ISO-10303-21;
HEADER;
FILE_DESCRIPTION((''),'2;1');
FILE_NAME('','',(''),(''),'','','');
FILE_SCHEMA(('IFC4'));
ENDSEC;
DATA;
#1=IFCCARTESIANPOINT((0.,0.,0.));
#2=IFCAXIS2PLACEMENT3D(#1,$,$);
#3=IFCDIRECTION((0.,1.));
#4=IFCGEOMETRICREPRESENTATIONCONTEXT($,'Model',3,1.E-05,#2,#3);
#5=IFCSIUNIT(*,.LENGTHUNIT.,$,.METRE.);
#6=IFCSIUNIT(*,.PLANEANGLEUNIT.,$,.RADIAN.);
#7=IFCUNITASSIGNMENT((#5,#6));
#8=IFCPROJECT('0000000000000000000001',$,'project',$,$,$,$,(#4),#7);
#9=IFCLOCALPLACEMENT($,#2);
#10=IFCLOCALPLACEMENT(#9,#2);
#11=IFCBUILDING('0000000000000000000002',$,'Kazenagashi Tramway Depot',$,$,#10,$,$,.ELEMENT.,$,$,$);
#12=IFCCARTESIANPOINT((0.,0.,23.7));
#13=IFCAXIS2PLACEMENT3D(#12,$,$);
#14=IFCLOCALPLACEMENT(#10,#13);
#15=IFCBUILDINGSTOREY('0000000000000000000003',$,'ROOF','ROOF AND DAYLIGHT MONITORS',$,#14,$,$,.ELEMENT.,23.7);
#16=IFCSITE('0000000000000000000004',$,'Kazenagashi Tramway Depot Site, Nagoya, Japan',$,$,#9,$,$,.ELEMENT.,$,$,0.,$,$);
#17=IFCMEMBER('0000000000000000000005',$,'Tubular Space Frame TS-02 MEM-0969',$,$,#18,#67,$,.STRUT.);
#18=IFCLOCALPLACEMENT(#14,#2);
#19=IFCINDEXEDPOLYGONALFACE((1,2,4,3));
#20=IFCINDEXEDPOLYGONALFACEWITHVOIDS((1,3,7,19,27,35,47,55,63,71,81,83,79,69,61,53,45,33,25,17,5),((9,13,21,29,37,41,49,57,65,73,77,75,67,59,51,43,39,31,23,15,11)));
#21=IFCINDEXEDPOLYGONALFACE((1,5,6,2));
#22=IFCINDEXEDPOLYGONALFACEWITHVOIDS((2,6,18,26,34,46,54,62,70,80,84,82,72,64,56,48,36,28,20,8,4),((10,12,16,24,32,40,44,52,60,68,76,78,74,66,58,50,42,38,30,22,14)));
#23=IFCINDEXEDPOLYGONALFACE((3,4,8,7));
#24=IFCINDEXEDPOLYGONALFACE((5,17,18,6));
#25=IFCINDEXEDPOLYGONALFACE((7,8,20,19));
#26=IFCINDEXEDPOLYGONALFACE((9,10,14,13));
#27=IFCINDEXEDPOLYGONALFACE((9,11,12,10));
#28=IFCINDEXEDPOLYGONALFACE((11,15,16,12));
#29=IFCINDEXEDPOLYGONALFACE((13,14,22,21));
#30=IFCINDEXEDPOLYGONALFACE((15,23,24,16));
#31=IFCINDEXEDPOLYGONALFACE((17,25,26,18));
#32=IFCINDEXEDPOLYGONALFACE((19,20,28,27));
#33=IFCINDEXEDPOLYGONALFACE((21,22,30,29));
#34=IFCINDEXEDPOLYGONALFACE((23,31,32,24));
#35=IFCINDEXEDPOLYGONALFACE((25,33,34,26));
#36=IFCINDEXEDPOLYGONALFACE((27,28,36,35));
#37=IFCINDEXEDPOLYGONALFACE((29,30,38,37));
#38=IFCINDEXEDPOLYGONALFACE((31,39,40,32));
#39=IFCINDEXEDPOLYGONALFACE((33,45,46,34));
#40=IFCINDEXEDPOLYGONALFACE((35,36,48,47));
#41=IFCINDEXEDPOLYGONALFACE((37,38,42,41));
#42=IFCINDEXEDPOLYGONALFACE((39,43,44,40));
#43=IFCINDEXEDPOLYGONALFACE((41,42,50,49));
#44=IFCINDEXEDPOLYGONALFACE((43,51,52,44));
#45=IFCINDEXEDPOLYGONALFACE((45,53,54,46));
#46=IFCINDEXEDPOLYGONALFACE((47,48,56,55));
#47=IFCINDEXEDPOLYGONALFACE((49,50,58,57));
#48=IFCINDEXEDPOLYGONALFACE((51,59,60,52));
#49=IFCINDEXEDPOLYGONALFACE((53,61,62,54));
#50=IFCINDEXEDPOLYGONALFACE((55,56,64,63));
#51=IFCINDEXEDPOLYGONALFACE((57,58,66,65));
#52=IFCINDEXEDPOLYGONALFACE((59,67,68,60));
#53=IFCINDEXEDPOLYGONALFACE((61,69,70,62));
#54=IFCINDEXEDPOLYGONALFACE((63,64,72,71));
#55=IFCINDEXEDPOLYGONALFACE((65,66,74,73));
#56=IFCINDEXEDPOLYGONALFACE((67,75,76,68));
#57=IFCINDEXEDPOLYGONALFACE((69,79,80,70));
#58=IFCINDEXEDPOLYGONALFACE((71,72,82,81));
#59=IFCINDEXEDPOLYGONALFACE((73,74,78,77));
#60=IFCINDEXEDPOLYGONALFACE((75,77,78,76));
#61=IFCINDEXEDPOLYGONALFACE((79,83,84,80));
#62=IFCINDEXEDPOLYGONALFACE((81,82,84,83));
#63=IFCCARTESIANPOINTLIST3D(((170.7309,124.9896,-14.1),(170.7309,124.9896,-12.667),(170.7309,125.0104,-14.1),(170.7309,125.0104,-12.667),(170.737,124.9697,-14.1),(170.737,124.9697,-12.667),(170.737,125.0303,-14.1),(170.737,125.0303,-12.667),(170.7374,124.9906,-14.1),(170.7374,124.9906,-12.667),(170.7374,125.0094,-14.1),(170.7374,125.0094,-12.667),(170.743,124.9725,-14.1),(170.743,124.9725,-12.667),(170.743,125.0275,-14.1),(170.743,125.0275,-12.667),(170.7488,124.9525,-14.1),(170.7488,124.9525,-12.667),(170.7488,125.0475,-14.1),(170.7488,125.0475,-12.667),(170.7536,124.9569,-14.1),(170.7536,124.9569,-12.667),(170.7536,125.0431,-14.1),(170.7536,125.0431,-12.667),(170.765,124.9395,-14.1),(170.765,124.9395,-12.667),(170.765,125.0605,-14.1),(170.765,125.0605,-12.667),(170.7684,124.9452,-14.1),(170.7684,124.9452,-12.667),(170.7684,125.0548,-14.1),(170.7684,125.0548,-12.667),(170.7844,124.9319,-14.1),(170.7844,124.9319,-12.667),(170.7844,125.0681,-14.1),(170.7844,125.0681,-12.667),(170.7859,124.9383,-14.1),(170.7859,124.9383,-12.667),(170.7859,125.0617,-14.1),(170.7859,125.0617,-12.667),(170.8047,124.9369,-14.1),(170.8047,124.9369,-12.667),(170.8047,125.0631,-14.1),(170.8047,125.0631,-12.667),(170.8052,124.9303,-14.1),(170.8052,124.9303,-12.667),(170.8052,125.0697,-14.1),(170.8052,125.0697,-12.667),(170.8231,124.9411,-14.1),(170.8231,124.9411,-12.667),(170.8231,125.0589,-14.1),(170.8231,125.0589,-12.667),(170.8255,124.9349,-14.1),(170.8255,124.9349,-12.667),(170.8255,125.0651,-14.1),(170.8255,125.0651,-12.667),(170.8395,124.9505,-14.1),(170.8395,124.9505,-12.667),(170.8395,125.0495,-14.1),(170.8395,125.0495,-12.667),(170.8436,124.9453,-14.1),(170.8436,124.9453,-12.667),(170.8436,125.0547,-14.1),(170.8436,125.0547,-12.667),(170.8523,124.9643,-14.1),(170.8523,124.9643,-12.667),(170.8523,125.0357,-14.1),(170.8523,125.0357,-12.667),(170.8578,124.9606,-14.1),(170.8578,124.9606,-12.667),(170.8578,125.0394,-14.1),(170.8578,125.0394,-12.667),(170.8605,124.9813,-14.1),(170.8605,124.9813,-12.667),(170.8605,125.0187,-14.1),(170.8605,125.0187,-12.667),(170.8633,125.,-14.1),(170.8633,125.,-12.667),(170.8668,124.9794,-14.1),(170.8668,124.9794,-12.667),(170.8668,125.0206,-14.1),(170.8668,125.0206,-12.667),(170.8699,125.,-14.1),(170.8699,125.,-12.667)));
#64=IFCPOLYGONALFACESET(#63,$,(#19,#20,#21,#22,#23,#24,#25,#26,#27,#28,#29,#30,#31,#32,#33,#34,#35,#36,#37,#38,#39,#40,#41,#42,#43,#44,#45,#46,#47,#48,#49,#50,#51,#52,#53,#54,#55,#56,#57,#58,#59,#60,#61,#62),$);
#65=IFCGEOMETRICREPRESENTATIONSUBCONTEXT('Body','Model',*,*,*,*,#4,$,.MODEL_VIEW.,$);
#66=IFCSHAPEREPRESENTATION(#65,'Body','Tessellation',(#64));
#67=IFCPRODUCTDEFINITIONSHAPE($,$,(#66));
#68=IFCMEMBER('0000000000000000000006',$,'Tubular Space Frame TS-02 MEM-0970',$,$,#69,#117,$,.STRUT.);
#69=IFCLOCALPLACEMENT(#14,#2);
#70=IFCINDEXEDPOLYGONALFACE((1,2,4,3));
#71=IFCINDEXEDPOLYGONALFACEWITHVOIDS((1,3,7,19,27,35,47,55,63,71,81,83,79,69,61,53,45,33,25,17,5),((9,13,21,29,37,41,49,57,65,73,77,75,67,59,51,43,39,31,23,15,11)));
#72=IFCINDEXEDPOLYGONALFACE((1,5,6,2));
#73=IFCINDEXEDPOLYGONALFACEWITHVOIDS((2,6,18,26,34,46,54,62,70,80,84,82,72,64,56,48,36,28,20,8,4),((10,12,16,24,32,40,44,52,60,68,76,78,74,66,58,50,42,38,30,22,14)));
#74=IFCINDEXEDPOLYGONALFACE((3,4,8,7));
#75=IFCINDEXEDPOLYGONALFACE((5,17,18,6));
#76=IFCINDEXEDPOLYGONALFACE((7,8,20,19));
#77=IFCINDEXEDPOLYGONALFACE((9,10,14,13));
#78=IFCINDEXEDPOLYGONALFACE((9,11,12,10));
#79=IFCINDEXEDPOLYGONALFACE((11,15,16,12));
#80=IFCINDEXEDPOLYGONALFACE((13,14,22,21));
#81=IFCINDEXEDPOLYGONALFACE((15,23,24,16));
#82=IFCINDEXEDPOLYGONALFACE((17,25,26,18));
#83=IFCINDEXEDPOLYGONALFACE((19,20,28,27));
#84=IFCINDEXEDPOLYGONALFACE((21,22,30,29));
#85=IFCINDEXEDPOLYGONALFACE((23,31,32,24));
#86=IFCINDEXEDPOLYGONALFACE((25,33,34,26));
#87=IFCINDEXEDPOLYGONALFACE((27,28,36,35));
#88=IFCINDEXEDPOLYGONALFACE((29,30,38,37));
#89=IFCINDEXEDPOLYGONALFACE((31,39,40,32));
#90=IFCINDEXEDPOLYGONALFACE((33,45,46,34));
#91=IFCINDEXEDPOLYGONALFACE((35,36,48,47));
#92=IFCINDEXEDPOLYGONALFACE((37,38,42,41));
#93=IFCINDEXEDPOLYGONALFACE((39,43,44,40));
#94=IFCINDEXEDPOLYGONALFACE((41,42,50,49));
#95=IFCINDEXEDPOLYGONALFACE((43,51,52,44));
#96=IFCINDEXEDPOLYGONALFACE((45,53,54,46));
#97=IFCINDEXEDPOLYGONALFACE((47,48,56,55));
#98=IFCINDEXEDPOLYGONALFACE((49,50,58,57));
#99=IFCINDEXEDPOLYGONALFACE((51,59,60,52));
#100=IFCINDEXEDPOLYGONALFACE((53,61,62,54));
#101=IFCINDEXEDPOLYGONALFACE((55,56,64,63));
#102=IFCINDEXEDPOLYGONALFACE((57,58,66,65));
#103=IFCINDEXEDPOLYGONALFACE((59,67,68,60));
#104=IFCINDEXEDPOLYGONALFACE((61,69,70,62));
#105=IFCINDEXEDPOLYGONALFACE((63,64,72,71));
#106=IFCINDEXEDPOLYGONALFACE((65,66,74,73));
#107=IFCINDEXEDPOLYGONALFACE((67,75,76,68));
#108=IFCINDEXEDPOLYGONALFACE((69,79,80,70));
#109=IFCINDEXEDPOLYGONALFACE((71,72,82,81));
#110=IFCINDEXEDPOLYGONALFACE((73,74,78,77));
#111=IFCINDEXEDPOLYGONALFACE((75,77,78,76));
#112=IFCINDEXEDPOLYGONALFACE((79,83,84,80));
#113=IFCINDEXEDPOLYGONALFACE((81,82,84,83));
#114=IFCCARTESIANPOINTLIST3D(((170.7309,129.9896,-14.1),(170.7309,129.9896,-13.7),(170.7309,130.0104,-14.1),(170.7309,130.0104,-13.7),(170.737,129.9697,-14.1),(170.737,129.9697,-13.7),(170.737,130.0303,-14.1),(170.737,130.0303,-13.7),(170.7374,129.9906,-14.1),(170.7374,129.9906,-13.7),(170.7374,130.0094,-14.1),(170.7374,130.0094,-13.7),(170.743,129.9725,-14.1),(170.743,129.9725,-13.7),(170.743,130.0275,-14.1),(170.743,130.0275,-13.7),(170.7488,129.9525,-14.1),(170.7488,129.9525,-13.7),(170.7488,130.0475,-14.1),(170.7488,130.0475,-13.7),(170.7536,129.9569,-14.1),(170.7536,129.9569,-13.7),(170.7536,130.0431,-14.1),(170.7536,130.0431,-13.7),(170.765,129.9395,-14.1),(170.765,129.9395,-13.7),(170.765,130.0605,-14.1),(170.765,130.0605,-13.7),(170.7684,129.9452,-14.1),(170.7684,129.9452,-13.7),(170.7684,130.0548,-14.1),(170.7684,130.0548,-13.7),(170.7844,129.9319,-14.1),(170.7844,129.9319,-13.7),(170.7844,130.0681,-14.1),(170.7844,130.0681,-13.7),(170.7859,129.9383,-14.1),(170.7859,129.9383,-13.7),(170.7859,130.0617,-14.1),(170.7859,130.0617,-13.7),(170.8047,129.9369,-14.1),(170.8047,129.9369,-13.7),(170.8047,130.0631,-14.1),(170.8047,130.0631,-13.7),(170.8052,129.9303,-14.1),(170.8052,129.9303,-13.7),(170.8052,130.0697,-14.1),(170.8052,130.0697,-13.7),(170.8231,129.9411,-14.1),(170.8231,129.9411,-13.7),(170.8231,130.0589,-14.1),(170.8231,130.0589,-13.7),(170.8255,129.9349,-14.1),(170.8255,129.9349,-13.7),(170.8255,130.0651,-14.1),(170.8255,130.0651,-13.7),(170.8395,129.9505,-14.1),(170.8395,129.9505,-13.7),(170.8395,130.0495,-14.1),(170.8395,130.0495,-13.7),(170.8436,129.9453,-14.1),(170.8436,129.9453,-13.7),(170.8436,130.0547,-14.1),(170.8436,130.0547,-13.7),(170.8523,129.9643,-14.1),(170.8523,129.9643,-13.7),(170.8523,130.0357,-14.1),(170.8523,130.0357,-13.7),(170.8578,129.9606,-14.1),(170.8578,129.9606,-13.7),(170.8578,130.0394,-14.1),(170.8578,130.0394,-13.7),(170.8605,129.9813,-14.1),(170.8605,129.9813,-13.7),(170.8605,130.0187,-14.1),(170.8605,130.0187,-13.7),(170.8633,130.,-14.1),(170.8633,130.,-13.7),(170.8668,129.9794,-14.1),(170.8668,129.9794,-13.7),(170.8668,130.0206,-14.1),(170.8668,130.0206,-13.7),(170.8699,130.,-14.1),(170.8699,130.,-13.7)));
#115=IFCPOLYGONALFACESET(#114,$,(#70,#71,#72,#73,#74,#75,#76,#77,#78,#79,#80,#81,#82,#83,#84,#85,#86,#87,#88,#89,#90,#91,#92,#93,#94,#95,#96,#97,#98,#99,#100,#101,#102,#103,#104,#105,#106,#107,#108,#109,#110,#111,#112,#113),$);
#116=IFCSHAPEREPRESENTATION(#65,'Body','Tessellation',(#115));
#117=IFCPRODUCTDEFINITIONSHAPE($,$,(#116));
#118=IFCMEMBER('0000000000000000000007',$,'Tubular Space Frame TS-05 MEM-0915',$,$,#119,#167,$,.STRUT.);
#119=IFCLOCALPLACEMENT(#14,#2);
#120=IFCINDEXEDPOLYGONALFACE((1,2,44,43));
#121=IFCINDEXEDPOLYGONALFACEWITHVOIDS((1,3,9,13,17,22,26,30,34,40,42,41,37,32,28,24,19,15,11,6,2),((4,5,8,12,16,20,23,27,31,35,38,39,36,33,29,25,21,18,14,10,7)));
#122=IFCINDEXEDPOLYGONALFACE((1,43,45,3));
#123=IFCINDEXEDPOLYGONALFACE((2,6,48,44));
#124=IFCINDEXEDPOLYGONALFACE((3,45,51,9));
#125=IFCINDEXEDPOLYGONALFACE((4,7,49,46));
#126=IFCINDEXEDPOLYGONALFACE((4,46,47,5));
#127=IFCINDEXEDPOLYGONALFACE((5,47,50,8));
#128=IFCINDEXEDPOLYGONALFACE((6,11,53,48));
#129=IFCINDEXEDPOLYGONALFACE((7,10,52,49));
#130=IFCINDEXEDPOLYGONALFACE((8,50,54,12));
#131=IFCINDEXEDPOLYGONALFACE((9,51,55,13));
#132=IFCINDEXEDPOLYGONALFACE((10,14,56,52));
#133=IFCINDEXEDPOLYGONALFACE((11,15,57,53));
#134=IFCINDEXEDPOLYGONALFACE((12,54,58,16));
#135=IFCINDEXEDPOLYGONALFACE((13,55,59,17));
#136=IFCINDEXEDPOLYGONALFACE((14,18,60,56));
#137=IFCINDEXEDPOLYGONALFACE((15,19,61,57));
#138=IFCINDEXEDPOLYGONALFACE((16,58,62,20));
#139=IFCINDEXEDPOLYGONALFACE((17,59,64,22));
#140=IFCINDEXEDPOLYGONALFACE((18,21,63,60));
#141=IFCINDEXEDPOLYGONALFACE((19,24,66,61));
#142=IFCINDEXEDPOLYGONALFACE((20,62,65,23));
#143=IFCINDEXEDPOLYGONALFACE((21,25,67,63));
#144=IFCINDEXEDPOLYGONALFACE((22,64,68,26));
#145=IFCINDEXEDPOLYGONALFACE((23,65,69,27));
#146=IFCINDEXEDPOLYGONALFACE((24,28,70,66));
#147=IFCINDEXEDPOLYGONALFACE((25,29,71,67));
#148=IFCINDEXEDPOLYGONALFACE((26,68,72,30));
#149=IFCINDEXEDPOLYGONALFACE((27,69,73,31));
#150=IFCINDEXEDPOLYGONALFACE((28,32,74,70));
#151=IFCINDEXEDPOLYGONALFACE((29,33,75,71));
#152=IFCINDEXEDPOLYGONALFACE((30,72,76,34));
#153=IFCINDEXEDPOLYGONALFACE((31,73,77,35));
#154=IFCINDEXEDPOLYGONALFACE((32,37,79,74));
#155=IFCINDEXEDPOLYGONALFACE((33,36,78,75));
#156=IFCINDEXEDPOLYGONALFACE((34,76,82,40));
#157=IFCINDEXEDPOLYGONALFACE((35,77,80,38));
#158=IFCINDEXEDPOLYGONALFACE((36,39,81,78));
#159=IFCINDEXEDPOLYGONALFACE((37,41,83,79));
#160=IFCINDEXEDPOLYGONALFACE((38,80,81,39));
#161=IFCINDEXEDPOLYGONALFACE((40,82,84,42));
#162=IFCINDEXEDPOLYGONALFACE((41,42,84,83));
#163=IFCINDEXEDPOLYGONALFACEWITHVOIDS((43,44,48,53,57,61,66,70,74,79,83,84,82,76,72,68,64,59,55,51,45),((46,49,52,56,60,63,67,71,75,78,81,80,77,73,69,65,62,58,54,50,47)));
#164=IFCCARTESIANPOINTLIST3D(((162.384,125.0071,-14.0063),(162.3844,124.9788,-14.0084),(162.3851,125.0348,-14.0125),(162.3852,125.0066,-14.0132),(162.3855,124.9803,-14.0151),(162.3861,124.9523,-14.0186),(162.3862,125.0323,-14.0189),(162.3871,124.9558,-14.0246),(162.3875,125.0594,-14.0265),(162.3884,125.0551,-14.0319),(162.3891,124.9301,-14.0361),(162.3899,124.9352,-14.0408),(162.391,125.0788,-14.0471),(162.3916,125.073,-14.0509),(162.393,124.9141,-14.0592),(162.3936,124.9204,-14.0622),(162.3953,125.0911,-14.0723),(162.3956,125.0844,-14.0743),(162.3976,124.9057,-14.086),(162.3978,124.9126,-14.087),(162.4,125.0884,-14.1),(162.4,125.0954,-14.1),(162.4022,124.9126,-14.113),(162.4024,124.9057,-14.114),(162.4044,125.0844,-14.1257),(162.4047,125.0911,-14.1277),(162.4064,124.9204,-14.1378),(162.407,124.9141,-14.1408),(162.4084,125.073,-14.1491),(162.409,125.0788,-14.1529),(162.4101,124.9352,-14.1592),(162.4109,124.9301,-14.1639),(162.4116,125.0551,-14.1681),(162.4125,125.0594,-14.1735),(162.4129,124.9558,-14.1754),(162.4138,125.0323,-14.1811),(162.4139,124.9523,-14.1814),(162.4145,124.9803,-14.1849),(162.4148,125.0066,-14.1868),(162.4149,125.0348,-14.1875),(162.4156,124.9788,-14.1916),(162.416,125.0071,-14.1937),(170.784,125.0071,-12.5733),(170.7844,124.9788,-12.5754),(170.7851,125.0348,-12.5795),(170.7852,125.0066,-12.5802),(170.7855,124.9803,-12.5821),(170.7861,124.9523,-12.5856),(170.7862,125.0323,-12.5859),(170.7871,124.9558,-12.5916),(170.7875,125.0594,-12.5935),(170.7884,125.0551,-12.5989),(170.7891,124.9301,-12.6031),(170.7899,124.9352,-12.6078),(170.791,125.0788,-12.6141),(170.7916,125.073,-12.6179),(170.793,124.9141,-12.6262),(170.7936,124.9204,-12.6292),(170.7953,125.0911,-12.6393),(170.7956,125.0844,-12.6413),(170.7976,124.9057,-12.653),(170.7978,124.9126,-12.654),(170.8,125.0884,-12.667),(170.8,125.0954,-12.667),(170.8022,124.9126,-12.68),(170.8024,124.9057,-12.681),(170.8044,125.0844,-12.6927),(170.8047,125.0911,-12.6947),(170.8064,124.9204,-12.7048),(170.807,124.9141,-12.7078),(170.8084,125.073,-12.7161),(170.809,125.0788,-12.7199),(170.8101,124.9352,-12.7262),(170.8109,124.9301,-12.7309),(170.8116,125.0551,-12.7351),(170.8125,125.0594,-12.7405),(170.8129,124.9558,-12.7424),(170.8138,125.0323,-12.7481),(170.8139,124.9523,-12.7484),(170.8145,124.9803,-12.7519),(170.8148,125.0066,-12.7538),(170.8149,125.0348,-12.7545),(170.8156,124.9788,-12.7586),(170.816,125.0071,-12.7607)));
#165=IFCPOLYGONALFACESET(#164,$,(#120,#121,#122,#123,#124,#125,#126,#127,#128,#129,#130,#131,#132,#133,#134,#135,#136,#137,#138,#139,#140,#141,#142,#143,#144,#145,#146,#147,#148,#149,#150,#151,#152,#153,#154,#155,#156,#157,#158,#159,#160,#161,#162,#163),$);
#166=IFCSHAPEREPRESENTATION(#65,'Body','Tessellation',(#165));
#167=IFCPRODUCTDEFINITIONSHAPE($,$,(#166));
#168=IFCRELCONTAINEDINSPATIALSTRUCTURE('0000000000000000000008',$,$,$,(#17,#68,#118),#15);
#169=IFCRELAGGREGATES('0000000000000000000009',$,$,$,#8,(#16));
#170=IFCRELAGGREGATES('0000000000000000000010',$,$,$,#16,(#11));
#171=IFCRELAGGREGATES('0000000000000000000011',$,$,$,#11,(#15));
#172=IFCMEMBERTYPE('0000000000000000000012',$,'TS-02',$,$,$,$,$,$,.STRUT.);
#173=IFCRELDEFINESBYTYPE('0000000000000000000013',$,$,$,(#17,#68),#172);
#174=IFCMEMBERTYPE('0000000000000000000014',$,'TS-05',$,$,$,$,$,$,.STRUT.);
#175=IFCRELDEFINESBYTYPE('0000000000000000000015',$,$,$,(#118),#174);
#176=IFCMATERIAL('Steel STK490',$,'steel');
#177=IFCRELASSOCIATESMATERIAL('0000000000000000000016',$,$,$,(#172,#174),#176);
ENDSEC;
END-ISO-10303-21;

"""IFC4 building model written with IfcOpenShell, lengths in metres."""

from ifc_helpers import new_model, si_unit, direction, frame, origin, origin_2d, place, context, subcontext, project, spatial, hollow_circle, extrude, material, material_profile, profile_set, type_object, element, save


model = new_model("IFC4")

# Units and contexts
model_context = context("Model", 3, precision=1e-05, world=origin(), true_north=direction((0.0, 1.0)))
body_context = subcontext(model_context, "Body", "Model", "MODEL_VIEW")
ifc_project = project(units=[si_unit("LENGTHUNIT", "METRE"), si_unit("PLANEANGLEUNIT", "RADIAN")], contexts=[model_context])

# Site, building, storey
site_placement = place(None, origin())
site = spatial("IfcSite", under=ifc_project, at=site_placement, Name="Kazenagashi Tramway Depot Site, Nagoya, Japan", CompositionType="ELEMENT", RefElevation=0.0)
building_placement = place(site_placement, origin())
building = spatial("IfcBuilding", under=site, at=building_placement, Name="Kazenagashi Tramway Depot", CompositionType="ELEMENT")
storey_placement = place(building_placement, frame((0.0, 0.0, 23.7)))
storey = spatial("IfcBuildingStorey", under=building, at=storey_placement, Name="ROOF", Description="ROOF AND DAYLIGHT MONITORS", CompositionType="ELEMENT", Elevation=23.7)

# Members
ifc_material_1 = material(Name="Steel STK490", Category="steel")
ifc_material_profile_1 = material_profile(ifc_material_1, hollow_circle(Radius=0.0699, WallThickness=0.0066, at=origin_2d()), Name="CHS-139.8x6.6")
ifc_profile_set_1 = profile_set([ifc_material_profile_1], Name="Steel STK490")
member_type_1 = type_object("IfcMemberType", Name="TS-02", PredefinedType="STRUT", material=ifc_profile_set_1)
member_1_placement = place(storey_placement, frame((170.8, 125.0, -14.1), z_axis=(0.0, 0.0, 1.0), x_axis=(1.0, 0.0, 0.0)))
element("IfcMember", 1, at=member_1_placement, inside=storey, type_object=member_type_1, Name="Tubular Space Frame TS-02 MEM-0969", PredefinedType="STRUT", context=body_context, shape_type="SweptSolid", body=[
    extrude(hollow_circle(Radius=0.0699, WallThickness=0.0066, at=origin_2d()), origin(), (0.0, 0.0, 1.0), 1.433),
])
member_2_placement = place(storey_placement, frame((170.8, 130.0, -14.1), z_axis=(0.0, 0.0, 1.0), x_axis=(1.0, 0.0, 0.0)))
element("IfcMember", 2, at=member_2_placement, inside=storey, type_object=member_type_1, Name="Tubular Space Frame TS-02 MEM-0970", PredefinedType="STRUT", context=body_context, shape_type="SweptSolid", body=[
    extrude(hollow_circle(Radius=0.0699, WallThickness=0.0066, at=origin_2d()), origin(), (0.0, 0.0, 1.0), 0.4),
])
ifc_material_profile_2 = material_profile(ifc_material_1, hollow_circle(Radius=0.0954, WallThickness=0.007, at=origin_2d()), Name="CHS-190.7x7.0")
ifc_profile_set_2 = profile_set([ifc_material_profile_2], Name="Steel STK490")
member_type_2 = type_object("IfcMemberType", Name="TS-05", PredefinedType="STRUT", material=ifc_profile_set_2)
for number, where, z_axis, x_axis, name in (
    (3, (162.4, 125.0, -14.1), (0.985759, 0.0, 0.168166), (0.0, 1.0, 0.0), "Tubular Space Frame TS-05 MEM-0915"),
):
    element("IfcMember", number, at=place(storey_placement, frame(where, z_axis=z_axis, x_axis=x_axis)), inside=storey, type_object=member_type_2, Name=name, PredefinedType="STRUT", context=body_context, shape_type="SweptSolid", body=[
        extrude(hollow_circle(Radius=0.0954, WallThickness=0.007, at=origin_2d()), origin(), (0.0, 0.0, 1.0), 8.5214),
    ])

save(model, "model.ifc")
